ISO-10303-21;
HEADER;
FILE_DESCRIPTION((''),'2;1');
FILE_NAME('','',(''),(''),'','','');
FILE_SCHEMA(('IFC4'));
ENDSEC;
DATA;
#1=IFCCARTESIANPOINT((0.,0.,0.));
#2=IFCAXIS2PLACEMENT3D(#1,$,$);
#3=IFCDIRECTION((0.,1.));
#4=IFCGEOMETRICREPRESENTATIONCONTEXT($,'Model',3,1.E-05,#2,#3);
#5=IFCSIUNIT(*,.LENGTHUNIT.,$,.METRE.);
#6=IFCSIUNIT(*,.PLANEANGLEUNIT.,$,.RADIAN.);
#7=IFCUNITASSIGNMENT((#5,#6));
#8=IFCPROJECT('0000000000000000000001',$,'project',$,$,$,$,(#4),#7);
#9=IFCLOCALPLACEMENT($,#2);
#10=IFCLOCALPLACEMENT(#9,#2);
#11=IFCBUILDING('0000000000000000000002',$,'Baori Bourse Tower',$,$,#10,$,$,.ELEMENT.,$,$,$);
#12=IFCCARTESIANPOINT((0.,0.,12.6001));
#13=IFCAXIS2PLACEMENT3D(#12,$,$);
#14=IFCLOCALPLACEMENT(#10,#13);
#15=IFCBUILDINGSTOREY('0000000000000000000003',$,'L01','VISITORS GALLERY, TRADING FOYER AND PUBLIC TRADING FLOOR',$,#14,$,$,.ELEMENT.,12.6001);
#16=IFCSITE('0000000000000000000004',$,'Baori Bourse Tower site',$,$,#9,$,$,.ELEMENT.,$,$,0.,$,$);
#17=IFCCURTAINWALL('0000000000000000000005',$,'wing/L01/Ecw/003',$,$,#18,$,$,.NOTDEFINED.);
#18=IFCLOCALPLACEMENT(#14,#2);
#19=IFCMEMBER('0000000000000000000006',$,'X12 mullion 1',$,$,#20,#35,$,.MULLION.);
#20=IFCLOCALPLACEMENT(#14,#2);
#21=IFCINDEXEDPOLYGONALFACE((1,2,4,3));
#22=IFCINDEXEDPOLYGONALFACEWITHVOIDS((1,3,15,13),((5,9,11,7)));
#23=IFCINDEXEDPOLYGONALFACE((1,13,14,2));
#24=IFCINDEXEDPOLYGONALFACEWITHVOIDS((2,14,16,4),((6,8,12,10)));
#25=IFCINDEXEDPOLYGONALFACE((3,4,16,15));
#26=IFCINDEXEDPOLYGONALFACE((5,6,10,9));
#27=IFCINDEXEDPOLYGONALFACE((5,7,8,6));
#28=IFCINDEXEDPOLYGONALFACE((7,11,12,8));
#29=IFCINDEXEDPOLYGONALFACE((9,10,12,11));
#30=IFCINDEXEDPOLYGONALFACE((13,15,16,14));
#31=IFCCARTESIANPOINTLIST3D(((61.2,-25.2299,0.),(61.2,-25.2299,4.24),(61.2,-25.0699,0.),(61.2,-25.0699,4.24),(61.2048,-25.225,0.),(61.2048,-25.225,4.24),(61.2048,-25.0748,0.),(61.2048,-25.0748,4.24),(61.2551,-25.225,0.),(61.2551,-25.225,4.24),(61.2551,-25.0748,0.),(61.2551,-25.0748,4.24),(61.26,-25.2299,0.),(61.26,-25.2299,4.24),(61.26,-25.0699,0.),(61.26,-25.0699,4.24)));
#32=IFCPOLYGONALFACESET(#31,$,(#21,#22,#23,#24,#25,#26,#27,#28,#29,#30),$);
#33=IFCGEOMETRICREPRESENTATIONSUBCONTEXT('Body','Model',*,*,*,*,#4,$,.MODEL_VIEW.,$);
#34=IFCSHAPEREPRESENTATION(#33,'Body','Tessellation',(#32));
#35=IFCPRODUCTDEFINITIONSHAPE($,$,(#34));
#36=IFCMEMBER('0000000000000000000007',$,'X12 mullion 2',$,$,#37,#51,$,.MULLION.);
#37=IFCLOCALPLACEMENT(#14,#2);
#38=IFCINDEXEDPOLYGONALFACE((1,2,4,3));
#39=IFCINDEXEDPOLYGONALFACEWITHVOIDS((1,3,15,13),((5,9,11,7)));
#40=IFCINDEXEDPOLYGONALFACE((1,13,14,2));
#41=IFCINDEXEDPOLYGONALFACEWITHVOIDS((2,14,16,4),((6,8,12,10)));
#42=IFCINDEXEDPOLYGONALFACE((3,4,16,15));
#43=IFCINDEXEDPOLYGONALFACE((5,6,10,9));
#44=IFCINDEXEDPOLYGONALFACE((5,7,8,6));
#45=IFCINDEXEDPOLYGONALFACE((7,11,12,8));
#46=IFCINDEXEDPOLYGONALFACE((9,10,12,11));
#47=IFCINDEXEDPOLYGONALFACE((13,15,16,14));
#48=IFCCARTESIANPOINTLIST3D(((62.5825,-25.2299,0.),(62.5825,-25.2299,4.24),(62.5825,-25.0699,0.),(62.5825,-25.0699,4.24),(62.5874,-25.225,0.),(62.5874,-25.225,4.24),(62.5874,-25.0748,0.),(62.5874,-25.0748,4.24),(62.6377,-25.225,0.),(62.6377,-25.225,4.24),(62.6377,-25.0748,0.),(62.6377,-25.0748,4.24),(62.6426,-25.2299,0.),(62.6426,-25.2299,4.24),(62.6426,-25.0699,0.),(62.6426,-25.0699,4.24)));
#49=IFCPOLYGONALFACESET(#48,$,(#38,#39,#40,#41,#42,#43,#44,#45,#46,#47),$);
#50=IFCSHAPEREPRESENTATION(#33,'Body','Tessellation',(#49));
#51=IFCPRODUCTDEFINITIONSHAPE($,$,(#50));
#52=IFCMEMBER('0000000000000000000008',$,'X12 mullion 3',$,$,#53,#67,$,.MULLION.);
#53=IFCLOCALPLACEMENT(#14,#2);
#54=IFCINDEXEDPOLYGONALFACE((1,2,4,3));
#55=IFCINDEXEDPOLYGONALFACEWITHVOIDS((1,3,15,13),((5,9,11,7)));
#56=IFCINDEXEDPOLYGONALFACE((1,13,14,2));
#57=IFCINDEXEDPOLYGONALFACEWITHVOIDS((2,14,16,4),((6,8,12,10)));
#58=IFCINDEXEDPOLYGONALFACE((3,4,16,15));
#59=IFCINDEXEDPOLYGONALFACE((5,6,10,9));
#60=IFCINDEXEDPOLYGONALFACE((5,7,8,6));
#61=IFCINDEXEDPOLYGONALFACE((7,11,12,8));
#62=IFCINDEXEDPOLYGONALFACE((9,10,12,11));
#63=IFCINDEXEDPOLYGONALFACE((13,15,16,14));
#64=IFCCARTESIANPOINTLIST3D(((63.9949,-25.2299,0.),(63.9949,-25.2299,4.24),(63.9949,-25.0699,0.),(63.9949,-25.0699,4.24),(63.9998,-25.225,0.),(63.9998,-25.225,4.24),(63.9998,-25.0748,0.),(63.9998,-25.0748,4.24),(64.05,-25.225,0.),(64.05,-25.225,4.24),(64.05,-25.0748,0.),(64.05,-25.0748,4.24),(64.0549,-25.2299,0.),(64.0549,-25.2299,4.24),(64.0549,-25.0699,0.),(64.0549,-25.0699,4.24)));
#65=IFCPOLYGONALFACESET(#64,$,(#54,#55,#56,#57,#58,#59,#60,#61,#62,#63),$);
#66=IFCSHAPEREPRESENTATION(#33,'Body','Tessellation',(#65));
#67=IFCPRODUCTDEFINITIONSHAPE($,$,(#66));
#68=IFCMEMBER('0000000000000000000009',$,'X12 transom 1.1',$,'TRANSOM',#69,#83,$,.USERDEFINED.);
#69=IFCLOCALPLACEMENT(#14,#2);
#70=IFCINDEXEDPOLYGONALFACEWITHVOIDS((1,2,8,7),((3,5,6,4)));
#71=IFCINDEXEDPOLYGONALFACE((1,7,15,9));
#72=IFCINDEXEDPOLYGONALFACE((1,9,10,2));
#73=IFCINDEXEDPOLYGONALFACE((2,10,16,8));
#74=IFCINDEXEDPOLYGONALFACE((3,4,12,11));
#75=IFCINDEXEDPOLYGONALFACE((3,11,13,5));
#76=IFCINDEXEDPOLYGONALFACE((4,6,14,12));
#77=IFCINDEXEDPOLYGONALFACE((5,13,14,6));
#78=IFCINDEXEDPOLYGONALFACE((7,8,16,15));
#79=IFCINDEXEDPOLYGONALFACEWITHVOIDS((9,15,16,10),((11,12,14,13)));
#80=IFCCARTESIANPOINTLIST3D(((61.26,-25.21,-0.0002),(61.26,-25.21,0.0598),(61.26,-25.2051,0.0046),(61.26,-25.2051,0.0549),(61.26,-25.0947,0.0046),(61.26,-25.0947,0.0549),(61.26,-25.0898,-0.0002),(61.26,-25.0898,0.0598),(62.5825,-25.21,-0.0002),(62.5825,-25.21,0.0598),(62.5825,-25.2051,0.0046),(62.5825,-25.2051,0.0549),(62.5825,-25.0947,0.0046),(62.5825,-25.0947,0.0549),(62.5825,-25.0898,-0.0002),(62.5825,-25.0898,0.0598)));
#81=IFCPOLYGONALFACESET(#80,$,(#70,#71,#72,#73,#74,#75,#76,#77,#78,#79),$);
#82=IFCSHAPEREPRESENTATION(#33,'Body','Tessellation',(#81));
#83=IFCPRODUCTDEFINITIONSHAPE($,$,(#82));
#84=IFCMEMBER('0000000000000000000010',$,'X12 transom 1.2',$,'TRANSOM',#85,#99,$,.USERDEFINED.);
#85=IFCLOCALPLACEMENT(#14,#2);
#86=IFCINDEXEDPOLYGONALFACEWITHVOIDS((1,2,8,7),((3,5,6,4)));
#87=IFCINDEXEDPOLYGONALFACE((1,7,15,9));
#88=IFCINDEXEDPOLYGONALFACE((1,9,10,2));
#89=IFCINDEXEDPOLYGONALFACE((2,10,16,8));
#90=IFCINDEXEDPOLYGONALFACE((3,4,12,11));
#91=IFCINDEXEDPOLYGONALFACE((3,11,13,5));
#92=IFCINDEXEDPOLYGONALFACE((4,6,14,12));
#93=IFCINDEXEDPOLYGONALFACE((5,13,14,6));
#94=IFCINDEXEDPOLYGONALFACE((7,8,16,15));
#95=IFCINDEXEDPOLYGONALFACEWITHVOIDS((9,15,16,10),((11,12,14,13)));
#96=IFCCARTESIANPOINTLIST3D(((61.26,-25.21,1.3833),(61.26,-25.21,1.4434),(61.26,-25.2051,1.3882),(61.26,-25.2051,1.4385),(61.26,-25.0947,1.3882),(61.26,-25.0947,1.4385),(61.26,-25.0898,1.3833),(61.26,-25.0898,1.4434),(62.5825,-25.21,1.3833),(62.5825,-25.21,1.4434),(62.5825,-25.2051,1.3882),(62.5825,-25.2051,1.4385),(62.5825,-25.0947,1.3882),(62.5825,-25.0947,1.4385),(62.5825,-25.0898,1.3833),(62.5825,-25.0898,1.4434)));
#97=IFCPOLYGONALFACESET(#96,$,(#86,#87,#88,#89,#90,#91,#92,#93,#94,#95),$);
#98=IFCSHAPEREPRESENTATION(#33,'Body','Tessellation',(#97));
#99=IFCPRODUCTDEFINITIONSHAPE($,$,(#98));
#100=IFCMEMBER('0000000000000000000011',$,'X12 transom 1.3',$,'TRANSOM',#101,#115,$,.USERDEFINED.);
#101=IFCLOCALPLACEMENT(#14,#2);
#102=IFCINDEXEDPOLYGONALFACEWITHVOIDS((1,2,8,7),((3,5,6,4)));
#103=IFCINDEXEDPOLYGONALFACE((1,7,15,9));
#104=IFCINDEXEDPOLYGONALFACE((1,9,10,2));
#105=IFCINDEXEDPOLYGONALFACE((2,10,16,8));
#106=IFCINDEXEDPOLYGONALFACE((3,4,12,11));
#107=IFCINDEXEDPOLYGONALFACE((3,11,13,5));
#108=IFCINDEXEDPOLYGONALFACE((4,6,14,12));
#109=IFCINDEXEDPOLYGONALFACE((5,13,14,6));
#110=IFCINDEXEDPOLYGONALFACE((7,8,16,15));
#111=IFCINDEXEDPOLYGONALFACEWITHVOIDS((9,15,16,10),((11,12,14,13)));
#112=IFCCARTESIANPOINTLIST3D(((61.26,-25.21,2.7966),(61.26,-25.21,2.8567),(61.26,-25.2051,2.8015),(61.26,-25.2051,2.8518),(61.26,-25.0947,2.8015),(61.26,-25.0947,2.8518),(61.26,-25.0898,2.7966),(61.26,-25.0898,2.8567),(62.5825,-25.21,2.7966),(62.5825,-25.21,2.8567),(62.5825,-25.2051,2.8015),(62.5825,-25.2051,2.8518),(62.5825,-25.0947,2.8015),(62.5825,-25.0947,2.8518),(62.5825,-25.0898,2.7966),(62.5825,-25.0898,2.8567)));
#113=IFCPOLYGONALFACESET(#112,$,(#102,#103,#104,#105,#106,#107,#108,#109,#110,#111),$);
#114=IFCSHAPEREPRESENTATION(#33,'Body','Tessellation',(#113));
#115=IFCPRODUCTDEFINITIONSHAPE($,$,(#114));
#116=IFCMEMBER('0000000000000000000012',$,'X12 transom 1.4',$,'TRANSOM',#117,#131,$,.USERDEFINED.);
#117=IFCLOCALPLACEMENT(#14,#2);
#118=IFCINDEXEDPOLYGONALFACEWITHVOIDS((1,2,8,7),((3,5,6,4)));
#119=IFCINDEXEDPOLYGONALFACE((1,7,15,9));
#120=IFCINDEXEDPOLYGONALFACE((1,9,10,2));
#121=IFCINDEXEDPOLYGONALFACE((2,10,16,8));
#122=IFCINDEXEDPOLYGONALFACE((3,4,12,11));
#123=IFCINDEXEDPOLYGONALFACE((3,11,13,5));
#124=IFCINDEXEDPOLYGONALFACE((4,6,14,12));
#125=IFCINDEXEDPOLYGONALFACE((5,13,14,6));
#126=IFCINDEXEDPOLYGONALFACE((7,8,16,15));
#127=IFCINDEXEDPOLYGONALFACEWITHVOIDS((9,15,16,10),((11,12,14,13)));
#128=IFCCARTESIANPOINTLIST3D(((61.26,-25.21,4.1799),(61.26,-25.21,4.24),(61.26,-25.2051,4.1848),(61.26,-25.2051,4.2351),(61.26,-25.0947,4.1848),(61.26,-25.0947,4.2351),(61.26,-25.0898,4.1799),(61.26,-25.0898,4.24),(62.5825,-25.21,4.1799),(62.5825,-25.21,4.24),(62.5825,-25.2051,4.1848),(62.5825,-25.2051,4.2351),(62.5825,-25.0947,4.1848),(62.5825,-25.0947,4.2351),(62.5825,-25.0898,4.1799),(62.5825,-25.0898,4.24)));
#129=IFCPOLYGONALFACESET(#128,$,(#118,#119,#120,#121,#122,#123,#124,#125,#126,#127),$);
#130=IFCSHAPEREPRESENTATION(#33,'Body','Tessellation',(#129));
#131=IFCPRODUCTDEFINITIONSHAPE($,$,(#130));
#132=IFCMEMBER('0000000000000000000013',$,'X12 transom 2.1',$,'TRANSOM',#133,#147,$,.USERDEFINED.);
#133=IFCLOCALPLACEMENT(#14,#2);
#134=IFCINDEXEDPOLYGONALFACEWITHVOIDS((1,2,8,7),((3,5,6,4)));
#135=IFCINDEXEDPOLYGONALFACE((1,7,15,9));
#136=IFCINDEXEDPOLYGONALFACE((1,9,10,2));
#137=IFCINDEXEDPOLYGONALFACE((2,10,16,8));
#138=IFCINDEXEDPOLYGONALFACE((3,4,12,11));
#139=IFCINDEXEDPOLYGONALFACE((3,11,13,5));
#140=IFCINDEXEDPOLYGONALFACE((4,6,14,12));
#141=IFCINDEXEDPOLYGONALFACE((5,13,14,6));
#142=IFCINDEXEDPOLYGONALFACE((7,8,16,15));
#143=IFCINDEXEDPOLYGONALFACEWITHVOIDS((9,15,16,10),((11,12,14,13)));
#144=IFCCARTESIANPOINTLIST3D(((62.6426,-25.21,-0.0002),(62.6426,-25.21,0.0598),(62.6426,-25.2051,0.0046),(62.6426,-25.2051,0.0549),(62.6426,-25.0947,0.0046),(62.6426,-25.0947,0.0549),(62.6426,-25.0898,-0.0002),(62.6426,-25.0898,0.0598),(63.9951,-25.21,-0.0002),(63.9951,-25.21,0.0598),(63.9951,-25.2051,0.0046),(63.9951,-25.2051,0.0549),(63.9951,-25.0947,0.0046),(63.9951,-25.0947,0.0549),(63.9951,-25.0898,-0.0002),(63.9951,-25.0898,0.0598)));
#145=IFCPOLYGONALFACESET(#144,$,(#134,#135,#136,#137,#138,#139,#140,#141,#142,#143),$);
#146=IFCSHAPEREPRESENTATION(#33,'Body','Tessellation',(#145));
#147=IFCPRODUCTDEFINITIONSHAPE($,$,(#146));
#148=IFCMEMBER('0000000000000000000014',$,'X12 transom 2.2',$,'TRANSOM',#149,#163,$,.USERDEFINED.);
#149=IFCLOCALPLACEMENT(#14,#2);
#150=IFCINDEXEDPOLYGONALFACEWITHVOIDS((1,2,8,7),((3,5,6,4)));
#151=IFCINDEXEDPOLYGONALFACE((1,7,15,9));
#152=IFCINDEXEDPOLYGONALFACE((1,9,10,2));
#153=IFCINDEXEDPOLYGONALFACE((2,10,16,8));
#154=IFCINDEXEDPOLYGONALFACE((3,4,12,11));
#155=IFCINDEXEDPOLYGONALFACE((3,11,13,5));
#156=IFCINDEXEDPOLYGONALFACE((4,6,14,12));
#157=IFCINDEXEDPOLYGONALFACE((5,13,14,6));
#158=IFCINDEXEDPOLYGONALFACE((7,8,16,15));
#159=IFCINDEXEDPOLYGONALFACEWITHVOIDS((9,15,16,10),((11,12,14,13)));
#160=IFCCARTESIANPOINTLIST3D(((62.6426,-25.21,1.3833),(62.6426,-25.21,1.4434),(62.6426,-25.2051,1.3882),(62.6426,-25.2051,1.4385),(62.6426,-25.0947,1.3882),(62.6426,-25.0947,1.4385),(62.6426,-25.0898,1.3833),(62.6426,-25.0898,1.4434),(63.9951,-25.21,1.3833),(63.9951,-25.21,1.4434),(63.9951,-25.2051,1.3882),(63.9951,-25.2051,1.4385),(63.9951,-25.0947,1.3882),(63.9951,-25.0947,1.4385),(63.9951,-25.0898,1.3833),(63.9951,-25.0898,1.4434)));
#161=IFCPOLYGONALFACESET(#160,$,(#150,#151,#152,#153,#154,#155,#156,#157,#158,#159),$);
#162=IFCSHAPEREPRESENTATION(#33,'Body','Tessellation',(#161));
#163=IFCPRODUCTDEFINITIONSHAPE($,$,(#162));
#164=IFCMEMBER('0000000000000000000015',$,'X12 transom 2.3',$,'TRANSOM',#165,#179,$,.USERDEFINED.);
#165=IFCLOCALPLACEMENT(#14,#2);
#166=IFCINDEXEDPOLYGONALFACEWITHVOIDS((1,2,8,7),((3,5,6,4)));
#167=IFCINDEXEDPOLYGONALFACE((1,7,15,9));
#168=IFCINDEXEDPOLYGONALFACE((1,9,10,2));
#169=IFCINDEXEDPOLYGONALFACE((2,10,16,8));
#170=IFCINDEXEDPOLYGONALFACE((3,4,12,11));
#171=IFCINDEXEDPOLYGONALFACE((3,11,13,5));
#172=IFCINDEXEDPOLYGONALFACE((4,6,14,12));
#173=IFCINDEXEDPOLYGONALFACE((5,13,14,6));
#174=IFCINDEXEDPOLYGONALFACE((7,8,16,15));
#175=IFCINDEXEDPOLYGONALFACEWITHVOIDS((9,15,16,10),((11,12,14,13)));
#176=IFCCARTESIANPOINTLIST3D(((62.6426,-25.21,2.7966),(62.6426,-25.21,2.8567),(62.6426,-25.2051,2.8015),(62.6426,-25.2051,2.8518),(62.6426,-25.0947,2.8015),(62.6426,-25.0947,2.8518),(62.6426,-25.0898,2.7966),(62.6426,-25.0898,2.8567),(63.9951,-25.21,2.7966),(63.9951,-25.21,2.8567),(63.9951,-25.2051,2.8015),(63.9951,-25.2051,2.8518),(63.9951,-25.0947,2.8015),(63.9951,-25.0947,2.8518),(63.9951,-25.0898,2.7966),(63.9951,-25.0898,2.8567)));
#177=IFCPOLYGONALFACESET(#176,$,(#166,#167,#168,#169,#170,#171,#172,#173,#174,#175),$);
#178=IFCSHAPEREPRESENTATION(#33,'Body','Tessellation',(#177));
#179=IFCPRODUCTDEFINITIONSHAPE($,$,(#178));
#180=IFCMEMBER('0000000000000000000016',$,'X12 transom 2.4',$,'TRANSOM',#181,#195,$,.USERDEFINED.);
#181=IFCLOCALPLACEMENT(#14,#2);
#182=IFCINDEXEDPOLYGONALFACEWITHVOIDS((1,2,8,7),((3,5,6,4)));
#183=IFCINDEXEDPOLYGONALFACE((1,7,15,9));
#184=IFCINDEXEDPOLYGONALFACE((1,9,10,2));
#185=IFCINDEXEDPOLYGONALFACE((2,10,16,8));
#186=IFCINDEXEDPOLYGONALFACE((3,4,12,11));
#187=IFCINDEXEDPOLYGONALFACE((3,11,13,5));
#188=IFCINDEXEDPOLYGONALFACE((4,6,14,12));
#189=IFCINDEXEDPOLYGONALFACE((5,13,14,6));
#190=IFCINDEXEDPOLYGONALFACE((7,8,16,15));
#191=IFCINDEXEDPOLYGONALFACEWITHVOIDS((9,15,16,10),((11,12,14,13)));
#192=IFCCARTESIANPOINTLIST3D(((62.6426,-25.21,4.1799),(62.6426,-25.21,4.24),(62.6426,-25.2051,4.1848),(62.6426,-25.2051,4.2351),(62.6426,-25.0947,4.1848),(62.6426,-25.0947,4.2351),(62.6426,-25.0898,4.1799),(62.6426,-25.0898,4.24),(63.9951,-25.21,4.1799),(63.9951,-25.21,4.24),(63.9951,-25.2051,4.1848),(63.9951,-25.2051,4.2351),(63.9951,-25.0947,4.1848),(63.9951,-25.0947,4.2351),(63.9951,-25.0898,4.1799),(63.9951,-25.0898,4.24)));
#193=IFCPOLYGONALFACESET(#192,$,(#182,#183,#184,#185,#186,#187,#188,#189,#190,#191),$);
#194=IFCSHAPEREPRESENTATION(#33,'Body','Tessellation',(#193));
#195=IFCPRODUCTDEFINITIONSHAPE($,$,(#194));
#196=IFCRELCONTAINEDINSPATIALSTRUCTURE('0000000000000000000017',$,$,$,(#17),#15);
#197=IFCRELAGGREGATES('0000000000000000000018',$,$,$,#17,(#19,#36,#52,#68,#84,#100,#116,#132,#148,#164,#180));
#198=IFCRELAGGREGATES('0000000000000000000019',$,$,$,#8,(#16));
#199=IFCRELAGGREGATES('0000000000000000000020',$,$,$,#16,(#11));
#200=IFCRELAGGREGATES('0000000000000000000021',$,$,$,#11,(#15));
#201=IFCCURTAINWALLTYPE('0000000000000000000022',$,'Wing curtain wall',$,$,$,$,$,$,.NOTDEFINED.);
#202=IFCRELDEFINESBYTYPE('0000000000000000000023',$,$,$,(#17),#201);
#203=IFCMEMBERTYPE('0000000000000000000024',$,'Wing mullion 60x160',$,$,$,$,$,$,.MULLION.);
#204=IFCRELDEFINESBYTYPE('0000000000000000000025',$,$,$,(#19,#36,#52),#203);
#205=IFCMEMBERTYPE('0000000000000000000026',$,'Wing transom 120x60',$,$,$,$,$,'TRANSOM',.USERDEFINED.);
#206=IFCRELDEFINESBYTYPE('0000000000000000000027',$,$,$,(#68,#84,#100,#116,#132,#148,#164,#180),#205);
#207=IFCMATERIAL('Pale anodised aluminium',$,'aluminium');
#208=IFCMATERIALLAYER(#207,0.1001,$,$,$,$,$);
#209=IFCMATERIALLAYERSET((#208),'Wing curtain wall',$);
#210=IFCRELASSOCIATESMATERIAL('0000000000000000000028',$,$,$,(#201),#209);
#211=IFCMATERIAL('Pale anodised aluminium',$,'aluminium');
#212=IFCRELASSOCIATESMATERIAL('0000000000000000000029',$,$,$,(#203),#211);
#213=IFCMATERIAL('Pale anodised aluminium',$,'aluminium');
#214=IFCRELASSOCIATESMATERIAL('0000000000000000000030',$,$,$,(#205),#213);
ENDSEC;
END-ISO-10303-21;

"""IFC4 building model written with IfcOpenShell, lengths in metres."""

from ifc_helpers import new_model, si_unit, direction, frame, origin, origin_2d, place, context, subcontext, project, spatial, hollow_rectangle, extrude, material, layer, layer_set, material_profile, profile_set, type_object, element, aggregate, save


model = new_model("IFC4")

# Units and contexts
model_context = context("Model", 3, precision=1e-05, world=origin(), true_north=direction((0.0, 1.0)))
body_context = subcontext(model_context, "Body", "Model", "MODEL_VIEW")
ifc_project = project(units=[si_unit("LENGTHUNIT", "METRE"), si_unit("PLANEANGLEUNIT", "RADIAN")], contexts=[model_context])

# Site, building, storey
site_placement = place(None, origin())
site = spatial("IfcSite", under=ifc_project, at=site_placement, Name="Baori Bourse Tower site", CompositionType="ELEMENT", RefElevation=0.0)
building_placement = place(site_placement, origin())
building = spatial("IfcBuilding", under=site, at=building_placement, Name="Baori Bourse Tower", CompositionType="ELEMENT")
storey_placement = place(building_placement, frame((0.0, 0.0, 12.6001)))
storey = spatial("IfcBuildingStorey", under=building, at=storey_placement, Name="L01", Description="VISITORS GALLERY, TRADING FOYER AND PUBLIC TRADING FLOOR", CompositionType="ELEMENT", Elevation=12.6001)

# Curtain wall, members
ifc_material_1 = material(Name="Pale anodised aluminium", Category="aluminium")
ifc_layer_1 = layer(ifc_material_1, 0.1001)
ifc_layer_set_1 = layer_set([ifc_layer_1], Name="Wing curtain wall")
curtain_wall_type = type_object("IfcCurtainWallType", Name="Wing curtain wall", PredefinedType="NOTDEFINED", material=ifc_layer_set_1)
curtain_wall_placement = place(storey_placement, origin())
curtain_wall = element("IfcCurtainWall", 1, at=curtain_wall_placement, inside=storey, type_object=curtain_wall_type, Name="wing/L01/Ecw/003", PredefinedType="NOTDEFINED")
ifc_material_2 = material(Name="Pale anodised aluminium", Category="aluminium")
ifc_material_profile_1 = material_profile(ifc_material_2, hollow_rectangle(XDim=0.1599, YDim=0.0601, WallThickness=0.0049, at=origin_2d()), Name="Mullion 160x60x5")
ifc_profile_set_1 = profile_set([ifc_material_profile_1], Name="Pale anodised aluminium")
member_type_1 = type_object("IfcMemberType", Name="Wing mullion 60x160", PredefinedType="MULLION", material=ifc_profile_set_1)
member_1_placement = place(storey_placement, frame((61.23, -25.1499, 0.0), z_axis=(0.0, 0.0, 1.0), x_axis=(0.0, 1.0, 0.0)))
member_1 = element("IfcMember", 2, at=member_1_placement, type_object=member_type_1, Name="X12 mullion 1", PredefinedType="MULLION", context=body_context, shape_type="SweptSolid", body=[
    extrude(hollow_rectangle(XDim=0.1599, YDim=0.0601, WallThickness=0.0049, at=origin_2d()), origin(), (0.0, 0.0, 1.0), 4.24),
])
member_2_placement = place(storey_placement, frame((62.6125, -25.1499, 0.0), z_axis=(0.0, 0.0, 1.0), x_axis=(0.0, 1.0, 0.0)))
member_2 = element("IfcMember", 3, at=member_2_placement, type_object=member_type_1, Name="X12 mullion 2", PredefinedType="MULLION", context=body_context, shape_type="SweptSolid", body=[
    extrude(hollow_rectangle(XDim=0.1599, YDim=0.0601, WallThickness=0.0049, at=origin_2d()), origin(), (0.0, 0.0, 1.0), 4.24),
])
member_3_placement = place(storey_placement, frame((64.0249, -25.1499, 0.0), z_axis=(0.0, 0.0, 1.0), x_axis=(0.0, 1.0, 0.0)))
member_3 = element("IfcMember", 4, at=member_3_placement, type_object=member_type_1, Name="X12 mullion 3", PredefinedType="MULLION", context=body_context, shape_type="SweptSolid", body=[
    extrude(hollow_rectangle(XDim=0.1599, YDim=0.0601, WallThickness=0.0049, at=origin_2d()), origin(), (0.0, 0.0, 1.0), 4.24),
])
ifc_material_3 = material(Name="Pale anodised aluminium", Category="aluminium")
ifc_material_profile_2 = material_profile(ifc_material_3, hollow_rectangle(XDim=0.1201, YDim=0.0601, WallThickness=0.0049, at=origin_2d()), Name="Transom 120x60x5")
ifc_profile_set_2 = profile_set([ifc_material_profile_2], Name="Pale anodised aluminium")
member_type_2 = type_object("IfcMemberType", Name="Wing transom 120x60", ElementType="TRANSOM", PredefinedType="USERDEFINED", material=ifc_profile_set_2)
member_4_placement = place(storey_placement, frame((61.26, -25.1499, 0.0298), z_axis=(1.0, 0.0, 0.0), x_axis=(0.0, 1.0, 0.0)))
member_4 = element("IfcMember", 5, at=member_4_placement, type_object=member_type_2, Name="X12 transom 1.1", ObjectType="TRANSOM", PredefinedType="USERDEFINED", context=body_context, shape_type="SweptSolid", body=[
    extrude(hollow_rectangle(XDim=0.1201, YDim=0.0601, WallThickness=0.0049, at=origin_2d()), origin(), (0.0, 0.0, 1.0), 1.3225),
])
member_5_placement = place(storey_placement, frame((61.26, -25.1499, 1.4133), z_axis=(1.0, 0.0, 0.0), x_axis=(0.0, 1.0, 0.0)))
member_5 = element("IfcMember", 6, at=member_5_placement, type_object=member_type_2, Name="X12 transom 1.2", ObjectType="TRANSOM", PredefinedType="USERDEFINED", context=body_context, shape_type="SweptSolid", body=[
    extrude(hollow_rectangle(XDim=0.1201, YDim=0.0601, WallThickness=0.0049, at=origin_2d()), origin(), (0.0, 0.0, 1.0), 1.3225),
])
member_6_placement = place(storey_placement, frame((61.26, -25.1499, 2.8267), z_axis=(1.0, 0.0, 0.0), x_axis=(0.0, 1.0, 0.0)))
member_6 = element("IfcMember", 7, at=member_6_placement, type_object=member_type_2, Name="X12 transom 1.3", ObjectType="TRANSOM", PredefinedType="USERDEFINED", context=body_context, shape_type="SweptSolid", body=[
    extrude(hollow_rectangle(XDim=0.1201, YDim=0.0601, WallThickness=0.0049, at=origin_2d()), origin(), (0.0, 0.0, 1.0), 1.3225),
])
member_7_placement = place(storey_placement, frame((61.26, -25.1499, 4.21), z_axis=(1.0, 0.0, 0.0), x_axis=(0.0, 1.0, 0.0)))
member_7 = element("IfcMember", 8, at=member_7_placement, type_object=member_type_2, Name="X12 transom 1.4", ObjectType="TRANSOM", PredefinedType="USERDEFINED", context=body_context, shape_type="SweptSolid", body=[
    extrude(hollow_rectangle(XDim=0.1201, YDim=0.0601, WallThickness=0.0049, at=origin_2d()), origin(), (0.0, 0.0, 1.0), 1.3225),
])
member_8_placement = place(storey_placement, frame((62.6426, -25.1499, 0.0298), z_axis=(1.0, 0.0, 0.0), x_axis=(0.0, 1.0, 0.0)))
member_8 = element("IfcMember", 9, at=member_8_placement, type_object=member_type_2, Name="X12 transom 2.1", ObjectType="TRANSOM", PredefinedType="USERDEFINED", context=body_context, shape_type="SweptSolid", body=[
    extrude(hollow_rectangle(XDim=0.1201, YDim=0.0601, WallThickness=0.0049, at=origin_2d()), origin(), (0.0, 0.0, 1.0), 1.3525),
])
member_9_placement = place(storey_placement, frame((62.6426, -25.1499, 1.4133), z_axis=(1.0, 0.0, 0.0), x_axis=(0.0, 1.0, 0.0)))
member_9 = element("IfcMember", 10, at=member_9_placement, type_object=member_type_2, Name="X12 transom 2.2", ObjectType="TRANSOM", PredefinedType="USERDEFINED", context=body_context, shape_type="SweptSolid", body=[
    extrude(hollow_rectangle(XDim=0.1201, YDim=0.0601, WallThickness=0.0049, at=origin_2d()), origin(), (0.0, 0.0, 1.0), 1.3525),
])
member_10_placement = place(storey_placement, frame((62.6426, -25.1499, 2.8267), z_axis=(1.0, 0.0, 0.0), x_axis=(0.0, 1.0, 0.0)))
member_10 = element("IfcMember", 11, at=member_10_placement, type_object=member_type_2, Name="X12 transom 2.3", ObjectType="TRANSOM", PredefinedType="USERDEFINED", context=body_context, shape_type="SweptSolid", body=[
    extrude(hollow_rectangle(XDim=0.1201, YDim=0.0601, WallThickness=0.0049, at=origin_2d()), origin(), (0.0, 0.0, 1.0), 1.3525),
])
member_11_placement = place(storey_placement, frame((62.6426, -25.1499, 4.21), z_axis=(1.0, 0.0, 0.0), x_axis=(0.0, 1.0, 0.0)))
member_11 = element("IfcMember", 12, at=member_11_placement, type_object=member_type_2, Name="X12 transom 2.4", ObjectType="TRANSOM", PredefinedType="USERDEFINED", context=body_context, shape_type="SweptSolid", body=[
    extrude(hollow_rectangle(XDim=0.1201, YDim=0.0601, WallThickness=0.0049, at=origin_2d()), origin(), (0.0, 0.0, 1.0), 1.3525),
])
aggregate(curtain_wall, [member_1, member_2, member_3, member_4, member_5, member_6, member_7, member_8, member_9, member_10, member_11])

save(model, "model.ifc")
